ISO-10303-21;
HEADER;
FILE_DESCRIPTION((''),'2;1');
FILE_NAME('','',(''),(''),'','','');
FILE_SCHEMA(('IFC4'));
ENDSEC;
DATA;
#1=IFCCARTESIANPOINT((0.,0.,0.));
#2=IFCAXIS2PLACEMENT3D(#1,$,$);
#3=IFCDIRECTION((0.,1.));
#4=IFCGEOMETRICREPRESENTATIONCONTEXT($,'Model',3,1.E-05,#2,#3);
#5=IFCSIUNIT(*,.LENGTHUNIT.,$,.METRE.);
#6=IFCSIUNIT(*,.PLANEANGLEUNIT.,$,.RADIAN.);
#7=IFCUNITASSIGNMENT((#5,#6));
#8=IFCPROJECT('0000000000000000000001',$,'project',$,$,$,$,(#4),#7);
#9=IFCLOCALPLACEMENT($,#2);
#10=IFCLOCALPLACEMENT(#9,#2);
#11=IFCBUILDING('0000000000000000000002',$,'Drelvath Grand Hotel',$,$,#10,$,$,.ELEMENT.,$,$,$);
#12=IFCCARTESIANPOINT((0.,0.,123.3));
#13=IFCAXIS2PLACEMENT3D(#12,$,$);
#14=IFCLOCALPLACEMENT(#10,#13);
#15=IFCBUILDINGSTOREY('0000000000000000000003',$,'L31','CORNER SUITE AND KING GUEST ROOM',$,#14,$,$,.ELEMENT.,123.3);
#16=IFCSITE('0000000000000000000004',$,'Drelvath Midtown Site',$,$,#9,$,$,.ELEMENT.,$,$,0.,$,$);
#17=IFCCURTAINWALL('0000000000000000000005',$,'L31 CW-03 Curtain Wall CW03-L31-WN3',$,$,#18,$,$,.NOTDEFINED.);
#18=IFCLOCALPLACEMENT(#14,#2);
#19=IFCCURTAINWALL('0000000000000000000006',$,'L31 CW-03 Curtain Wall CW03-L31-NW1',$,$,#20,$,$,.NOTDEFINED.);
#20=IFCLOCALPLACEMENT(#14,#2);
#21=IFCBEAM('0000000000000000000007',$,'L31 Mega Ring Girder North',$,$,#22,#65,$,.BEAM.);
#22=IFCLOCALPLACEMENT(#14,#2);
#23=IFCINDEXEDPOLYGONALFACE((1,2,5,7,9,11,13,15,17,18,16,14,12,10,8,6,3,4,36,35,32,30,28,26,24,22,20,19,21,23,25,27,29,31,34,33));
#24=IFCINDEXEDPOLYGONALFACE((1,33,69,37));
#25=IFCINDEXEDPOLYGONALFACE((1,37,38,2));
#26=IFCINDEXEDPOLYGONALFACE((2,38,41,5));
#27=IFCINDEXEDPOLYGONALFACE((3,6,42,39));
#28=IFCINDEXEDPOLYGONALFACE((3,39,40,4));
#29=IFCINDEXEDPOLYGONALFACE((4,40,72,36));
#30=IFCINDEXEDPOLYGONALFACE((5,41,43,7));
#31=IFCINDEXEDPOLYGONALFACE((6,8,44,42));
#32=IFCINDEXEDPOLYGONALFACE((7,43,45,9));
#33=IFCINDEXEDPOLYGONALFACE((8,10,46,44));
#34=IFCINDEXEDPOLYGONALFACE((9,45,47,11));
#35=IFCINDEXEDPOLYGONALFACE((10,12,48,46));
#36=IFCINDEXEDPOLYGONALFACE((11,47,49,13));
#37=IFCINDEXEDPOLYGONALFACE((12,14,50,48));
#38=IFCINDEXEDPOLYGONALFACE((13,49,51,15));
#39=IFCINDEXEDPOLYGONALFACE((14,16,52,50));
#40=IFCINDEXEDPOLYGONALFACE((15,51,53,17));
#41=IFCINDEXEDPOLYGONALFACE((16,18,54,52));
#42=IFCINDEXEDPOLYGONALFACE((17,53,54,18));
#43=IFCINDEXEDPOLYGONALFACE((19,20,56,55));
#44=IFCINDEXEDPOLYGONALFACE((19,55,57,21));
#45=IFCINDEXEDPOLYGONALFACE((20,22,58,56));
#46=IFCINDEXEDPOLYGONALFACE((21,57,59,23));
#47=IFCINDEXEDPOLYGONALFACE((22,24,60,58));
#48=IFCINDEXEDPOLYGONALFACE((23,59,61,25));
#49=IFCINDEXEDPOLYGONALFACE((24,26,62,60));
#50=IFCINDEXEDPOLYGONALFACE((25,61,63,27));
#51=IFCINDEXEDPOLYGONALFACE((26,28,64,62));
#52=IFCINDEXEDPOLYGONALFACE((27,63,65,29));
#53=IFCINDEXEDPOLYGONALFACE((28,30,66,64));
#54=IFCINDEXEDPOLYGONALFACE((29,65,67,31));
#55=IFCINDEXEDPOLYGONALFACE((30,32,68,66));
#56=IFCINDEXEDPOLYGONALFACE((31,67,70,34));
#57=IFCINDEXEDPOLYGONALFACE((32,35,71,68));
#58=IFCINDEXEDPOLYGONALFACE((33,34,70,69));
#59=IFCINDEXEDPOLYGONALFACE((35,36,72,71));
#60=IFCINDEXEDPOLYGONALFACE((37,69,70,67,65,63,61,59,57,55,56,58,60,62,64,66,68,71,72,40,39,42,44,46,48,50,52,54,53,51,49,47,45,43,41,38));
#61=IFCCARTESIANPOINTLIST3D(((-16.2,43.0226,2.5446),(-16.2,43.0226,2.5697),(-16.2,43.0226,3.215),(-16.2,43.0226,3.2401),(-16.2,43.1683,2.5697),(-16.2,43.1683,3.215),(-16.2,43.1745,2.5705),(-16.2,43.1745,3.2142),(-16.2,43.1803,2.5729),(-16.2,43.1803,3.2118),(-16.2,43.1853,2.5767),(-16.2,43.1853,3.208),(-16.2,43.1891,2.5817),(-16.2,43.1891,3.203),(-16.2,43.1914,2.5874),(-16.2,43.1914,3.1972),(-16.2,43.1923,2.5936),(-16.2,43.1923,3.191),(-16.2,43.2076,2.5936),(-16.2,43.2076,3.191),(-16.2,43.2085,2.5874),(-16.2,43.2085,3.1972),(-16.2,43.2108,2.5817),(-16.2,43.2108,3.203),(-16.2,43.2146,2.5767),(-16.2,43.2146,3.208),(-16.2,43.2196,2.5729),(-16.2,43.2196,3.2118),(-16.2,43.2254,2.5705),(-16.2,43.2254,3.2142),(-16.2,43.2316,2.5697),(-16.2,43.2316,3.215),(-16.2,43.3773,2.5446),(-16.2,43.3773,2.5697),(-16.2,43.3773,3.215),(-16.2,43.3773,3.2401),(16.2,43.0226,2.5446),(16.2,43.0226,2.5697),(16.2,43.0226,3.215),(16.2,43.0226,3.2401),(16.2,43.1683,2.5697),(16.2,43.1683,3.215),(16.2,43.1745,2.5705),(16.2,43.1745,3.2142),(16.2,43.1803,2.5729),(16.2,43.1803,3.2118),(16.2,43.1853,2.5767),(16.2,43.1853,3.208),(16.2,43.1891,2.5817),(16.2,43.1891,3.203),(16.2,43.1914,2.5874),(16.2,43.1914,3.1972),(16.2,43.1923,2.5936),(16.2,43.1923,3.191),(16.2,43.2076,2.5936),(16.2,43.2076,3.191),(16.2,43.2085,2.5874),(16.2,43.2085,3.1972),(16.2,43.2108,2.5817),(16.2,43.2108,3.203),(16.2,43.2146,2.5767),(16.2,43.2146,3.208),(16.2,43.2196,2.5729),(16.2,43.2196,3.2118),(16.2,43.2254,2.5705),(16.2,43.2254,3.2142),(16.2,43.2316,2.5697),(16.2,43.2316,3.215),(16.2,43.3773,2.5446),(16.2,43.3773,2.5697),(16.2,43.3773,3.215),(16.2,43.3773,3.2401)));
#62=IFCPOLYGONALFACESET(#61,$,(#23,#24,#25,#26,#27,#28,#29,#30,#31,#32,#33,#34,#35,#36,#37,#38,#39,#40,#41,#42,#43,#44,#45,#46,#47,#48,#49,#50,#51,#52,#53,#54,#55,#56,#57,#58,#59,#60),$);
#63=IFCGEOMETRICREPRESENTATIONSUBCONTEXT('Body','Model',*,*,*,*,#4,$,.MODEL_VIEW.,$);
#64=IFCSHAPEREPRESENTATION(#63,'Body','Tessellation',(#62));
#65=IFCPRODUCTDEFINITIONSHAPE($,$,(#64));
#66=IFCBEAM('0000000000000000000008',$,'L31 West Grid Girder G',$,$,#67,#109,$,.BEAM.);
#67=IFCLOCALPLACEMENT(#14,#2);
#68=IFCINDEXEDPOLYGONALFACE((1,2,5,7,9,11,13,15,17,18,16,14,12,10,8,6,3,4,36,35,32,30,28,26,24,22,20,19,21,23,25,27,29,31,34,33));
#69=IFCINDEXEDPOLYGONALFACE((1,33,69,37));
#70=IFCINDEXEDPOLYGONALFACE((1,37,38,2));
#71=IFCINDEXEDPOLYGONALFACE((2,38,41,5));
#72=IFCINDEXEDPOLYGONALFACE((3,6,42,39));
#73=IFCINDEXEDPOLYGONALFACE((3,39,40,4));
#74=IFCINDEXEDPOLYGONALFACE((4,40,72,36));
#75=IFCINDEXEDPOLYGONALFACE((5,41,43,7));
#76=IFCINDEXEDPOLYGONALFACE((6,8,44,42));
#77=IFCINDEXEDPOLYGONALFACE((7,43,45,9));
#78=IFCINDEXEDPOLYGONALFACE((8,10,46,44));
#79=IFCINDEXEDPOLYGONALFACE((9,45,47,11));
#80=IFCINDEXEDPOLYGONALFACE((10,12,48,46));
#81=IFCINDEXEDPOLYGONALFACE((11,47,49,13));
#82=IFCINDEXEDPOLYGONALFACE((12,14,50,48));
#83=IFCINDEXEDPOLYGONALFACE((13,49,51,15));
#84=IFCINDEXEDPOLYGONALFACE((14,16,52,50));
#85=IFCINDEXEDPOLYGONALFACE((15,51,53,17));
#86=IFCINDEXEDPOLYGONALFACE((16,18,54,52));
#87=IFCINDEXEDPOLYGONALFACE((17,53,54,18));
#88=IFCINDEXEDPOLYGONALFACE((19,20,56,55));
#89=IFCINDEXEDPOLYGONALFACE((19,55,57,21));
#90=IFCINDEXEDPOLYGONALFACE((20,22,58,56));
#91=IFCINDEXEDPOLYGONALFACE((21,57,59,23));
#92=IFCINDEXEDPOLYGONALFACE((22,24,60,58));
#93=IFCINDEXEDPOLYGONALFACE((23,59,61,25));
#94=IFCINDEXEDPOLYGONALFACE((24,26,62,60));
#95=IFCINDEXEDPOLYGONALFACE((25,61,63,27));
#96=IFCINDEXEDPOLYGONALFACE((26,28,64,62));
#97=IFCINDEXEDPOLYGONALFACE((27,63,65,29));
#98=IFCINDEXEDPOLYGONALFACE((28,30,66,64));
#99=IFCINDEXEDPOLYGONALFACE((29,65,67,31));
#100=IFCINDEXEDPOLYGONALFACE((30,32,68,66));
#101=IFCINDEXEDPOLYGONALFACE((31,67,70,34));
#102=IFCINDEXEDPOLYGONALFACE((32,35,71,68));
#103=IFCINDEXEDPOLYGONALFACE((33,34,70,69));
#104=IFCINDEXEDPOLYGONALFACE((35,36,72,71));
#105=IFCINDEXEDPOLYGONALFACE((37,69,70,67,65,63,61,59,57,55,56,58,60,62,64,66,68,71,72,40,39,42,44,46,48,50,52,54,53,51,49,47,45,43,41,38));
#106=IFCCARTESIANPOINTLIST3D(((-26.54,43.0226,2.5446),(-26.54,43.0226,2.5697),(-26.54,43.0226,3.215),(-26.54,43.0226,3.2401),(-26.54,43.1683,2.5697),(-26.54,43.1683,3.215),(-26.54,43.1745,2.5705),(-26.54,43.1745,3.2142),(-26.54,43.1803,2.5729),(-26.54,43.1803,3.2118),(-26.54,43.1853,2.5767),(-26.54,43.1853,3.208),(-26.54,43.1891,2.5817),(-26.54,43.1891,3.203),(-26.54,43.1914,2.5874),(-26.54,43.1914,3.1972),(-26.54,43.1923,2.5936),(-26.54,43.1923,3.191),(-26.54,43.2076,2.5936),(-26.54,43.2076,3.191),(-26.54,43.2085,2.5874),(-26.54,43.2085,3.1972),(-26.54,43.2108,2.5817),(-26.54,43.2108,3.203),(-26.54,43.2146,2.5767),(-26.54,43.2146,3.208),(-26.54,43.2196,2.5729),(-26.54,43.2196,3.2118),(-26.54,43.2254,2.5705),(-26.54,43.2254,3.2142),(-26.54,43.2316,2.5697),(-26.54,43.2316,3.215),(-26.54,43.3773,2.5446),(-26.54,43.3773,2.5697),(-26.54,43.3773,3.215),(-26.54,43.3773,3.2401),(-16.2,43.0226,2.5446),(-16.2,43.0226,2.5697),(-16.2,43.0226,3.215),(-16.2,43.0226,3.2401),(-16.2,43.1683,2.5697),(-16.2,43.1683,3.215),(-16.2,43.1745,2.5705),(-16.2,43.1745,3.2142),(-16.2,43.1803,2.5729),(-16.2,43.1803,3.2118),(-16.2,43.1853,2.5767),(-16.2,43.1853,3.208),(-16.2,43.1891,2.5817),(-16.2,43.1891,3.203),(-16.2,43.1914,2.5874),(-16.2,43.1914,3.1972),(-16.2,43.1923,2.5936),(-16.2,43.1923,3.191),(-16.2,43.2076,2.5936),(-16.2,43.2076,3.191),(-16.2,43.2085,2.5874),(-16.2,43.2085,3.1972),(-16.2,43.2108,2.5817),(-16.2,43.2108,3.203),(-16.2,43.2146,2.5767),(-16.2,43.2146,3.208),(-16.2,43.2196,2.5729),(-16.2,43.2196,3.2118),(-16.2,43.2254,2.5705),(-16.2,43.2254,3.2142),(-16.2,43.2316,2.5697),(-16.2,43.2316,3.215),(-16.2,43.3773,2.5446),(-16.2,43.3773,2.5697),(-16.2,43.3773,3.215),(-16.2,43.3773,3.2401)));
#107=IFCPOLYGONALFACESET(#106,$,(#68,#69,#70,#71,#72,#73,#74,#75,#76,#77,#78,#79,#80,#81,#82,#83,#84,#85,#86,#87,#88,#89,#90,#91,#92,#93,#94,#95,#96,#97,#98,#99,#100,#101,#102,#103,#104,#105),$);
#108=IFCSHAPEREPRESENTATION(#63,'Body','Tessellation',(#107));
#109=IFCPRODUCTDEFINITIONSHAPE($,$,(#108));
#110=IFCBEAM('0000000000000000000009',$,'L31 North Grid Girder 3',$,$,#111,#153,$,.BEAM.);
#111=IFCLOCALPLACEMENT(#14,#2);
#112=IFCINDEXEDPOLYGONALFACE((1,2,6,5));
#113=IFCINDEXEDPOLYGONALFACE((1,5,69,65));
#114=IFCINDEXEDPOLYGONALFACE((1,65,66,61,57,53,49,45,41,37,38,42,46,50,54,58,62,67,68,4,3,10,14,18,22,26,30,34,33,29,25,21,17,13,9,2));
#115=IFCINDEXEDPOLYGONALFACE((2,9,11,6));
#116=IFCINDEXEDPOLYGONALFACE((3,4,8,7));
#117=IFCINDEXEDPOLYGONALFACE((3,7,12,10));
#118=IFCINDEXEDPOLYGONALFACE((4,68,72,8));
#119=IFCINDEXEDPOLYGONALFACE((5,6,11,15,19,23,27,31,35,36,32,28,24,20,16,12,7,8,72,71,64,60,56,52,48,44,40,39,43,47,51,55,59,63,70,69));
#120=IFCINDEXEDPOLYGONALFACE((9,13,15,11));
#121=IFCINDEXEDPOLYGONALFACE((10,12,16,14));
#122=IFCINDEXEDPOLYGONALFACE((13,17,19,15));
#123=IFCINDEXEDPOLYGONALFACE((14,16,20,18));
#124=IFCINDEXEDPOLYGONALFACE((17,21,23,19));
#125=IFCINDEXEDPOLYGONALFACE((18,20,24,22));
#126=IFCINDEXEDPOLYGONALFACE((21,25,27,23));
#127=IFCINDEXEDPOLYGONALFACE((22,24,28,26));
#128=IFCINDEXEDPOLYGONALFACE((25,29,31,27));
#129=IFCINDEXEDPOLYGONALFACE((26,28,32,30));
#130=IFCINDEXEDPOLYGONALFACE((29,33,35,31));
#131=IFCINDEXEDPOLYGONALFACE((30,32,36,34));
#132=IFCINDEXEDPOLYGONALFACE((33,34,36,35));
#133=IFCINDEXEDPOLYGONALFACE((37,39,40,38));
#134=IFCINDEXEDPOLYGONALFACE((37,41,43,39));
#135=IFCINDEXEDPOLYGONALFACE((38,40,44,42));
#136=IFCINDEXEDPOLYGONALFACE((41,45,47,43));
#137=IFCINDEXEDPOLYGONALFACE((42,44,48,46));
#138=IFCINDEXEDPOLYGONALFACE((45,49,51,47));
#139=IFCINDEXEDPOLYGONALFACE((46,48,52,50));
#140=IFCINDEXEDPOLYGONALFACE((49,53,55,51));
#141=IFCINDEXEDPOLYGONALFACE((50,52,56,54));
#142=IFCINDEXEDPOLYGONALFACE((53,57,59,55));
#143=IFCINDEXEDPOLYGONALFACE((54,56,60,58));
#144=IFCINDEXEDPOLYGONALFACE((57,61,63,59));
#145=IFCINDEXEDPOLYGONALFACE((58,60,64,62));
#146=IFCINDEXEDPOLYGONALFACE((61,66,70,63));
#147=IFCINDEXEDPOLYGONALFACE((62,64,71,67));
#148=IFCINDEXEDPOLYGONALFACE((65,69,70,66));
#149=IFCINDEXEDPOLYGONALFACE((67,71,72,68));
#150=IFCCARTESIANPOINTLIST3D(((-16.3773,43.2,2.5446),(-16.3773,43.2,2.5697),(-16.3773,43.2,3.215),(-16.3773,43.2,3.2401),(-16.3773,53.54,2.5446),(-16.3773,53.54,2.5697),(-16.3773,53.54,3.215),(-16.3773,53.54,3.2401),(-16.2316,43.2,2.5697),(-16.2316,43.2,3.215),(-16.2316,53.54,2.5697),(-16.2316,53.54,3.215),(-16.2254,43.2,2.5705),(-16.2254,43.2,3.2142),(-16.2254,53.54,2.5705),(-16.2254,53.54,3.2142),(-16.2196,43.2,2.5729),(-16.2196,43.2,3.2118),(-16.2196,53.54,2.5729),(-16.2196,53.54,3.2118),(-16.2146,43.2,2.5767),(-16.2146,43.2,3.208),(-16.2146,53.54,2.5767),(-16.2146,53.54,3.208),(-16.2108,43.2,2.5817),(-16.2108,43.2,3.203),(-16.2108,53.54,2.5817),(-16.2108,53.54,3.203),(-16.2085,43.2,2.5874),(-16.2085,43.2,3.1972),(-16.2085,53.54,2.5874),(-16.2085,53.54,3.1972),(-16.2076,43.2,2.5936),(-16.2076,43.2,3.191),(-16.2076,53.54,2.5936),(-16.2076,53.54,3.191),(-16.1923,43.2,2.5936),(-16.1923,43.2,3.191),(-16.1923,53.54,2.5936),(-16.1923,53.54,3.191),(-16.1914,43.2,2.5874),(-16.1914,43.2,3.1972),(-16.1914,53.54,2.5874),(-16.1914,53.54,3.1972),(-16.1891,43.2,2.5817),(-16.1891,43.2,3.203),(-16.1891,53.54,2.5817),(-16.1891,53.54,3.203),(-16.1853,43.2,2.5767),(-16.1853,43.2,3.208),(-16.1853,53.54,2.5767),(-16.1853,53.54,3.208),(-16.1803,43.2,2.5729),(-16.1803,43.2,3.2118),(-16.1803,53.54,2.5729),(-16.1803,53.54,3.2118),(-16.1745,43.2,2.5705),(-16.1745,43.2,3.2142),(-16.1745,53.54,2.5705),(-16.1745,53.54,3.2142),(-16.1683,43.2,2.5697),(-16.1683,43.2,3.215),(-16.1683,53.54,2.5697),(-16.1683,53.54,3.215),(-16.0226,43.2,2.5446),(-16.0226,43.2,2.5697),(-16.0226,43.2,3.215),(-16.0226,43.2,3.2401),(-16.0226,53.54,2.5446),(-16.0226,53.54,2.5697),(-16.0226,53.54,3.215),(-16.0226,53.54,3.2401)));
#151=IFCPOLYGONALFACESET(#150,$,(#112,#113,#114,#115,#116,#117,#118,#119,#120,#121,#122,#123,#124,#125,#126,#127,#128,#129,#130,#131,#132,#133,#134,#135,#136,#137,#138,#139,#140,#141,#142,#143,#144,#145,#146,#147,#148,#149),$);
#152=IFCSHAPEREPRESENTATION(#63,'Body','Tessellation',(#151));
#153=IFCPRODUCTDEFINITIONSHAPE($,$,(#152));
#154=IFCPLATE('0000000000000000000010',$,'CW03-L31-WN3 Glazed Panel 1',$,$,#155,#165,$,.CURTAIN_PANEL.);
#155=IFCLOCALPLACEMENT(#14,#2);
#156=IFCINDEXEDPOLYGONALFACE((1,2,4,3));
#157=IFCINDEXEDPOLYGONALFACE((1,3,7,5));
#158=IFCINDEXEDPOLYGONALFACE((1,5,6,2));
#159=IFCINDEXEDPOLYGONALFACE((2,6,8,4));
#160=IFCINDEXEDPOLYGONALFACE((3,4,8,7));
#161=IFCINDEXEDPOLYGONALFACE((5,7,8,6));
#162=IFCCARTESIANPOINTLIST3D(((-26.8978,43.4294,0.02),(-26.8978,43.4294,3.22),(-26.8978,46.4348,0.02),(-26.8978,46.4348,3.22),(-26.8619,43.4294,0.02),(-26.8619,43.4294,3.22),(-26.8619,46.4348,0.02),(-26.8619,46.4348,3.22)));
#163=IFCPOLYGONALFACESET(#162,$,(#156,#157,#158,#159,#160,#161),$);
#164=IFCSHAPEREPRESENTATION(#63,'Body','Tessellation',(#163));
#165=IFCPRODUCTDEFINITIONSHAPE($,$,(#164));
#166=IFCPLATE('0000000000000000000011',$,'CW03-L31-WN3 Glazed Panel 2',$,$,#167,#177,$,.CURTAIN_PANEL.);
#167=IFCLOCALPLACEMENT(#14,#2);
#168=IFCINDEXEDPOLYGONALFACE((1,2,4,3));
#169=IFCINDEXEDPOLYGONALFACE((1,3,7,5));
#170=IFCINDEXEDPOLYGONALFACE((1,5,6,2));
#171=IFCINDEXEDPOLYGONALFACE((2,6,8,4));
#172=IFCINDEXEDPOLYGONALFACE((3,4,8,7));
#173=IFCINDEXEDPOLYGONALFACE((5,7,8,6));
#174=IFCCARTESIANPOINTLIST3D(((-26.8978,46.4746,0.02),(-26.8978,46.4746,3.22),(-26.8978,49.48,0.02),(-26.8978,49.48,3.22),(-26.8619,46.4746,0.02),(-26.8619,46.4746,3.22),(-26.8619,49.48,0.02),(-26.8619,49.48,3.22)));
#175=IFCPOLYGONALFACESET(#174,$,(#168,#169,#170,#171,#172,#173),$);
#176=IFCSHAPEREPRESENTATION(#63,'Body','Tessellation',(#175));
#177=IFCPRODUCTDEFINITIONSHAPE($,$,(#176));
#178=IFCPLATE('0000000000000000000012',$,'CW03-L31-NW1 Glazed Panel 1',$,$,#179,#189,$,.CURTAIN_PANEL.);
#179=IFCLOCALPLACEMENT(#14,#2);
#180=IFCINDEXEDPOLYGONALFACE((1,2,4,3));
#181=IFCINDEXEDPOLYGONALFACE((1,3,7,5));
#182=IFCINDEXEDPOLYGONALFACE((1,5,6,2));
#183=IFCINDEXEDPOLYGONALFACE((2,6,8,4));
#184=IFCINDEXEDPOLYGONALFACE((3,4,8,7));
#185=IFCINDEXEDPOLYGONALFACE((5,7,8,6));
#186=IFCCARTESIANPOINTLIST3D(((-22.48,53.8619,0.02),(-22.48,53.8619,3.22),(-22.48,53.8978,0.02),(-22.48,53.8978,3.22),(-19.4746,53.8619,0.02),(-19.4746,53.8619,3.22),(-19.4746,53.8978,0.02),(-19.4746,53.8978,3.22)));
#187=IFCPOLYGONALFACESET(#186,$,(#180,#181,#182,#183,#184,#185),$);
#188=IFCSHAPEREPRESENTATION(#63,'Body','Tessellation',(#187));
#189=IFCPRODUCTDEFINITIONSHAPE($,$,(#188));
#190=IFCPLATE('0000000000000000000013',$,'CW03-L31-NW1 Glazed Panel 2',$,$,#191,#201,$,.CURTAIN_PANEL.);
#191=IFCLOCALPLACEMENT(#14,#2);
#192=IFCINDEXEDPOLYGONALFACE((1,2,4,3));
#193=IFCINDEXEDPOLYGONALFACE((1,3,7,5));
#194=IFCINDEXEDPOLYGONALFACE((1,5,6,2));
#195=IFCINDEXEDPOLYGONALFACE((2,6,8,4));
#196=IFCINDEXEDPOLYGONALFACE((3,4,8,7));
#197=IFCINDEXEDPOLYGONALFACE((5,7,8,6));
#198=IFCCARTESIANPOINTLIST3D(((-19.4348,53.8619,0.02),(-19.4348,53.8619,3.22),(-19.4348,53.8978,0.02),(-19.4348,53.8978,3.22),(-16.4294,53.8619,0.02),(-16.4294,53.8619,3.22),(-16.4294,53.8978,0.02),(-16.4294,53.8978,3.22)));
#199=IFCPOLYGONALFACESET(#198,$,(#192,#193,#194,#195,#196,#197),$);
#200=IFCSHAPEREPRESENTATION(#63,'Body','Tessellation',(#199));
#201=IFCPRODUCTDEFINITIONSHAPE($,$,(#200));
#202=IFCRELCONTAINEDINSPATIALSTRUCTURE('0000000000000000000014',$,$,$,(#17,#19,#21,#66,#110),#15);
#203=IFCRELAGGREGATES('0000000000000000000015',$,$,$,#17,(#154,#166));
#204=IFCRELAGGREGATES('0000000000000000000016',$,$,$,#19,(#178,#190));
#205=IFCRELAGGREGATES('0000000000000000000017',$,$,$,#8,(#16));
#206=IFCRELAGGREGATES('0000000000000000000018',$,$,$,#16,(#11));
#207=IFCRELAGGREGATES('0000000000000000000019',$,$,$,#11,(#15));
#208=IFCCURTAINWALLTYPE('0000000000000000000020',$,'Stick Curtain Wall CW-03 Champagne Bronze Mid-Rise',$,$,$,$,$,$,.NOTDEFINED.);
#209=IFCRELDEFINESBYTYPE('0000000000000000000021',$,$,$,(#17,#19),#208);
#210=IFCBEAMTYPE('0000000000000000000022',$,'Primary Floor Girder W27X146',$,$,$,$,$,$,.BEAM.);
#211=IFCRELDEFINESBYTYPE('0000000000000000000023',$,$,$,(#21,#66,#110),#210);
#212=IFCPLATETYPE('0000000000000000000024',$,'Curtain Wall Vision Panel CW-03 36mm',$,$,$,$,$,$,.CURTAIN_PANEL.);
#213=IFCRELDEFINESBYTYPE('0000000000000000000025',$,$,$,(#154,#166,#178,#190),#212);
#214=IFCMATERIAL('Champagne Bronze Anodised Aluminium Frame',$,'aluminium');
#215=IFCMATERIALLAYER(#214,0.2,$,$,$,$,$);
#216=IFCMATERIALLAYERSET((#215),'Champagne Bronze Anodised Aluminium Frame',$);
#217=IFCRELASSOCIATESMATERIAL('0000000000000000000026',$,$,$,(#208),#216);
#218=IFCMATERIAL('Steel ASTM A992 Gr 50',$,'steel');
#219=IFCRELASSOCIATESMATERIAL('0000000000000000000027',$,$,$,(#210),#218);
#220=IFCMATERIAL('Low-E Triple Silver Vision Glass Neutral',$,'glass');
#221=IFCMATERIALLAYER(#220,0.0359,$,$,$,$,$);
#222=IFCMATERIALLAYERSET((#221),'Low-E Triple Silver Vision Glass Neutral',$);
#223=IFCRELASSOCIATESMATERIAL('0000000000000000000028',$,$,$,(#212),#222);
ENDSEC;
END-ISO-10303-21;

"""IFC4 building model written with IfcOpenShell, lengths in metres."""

from ifc_helpers import new_model, si_unit, direction, frame, origin, origin_2d, place, context, subcontext, project, spatial, rectangle, i_section, extrude, material, layer, layer_set, material_profile, profile_set, type_object, element, aggregate, save


model = new_model("IFC4")

# Units and contexts
model_context = context("Model", 3, precision=1e-05, world=origin(), true_north=direction((0.0, 1.0)))
body_context = subcontext(model_context, "Body", "Model", "MODEL_VIEW")
ifc_project = project(units=[si_unit("LENGTHUNIT", "METRE"), si_unit("PLANEANGLEUNIT", "RADIAN")], contexts=[model_context])

# Site, building, storey
site_placement = place(None, origin())
site = spatial("IfcSite", under=ifc_project, at=site_placement, Name="Drelvath Midtown Site", CompositionType="ELEMENT", RefElevation=0.0)
building_placement = place(site_placement, origin())
building = spatial("IfcBuilding", under=site, at=building_placement, Name="Drelvath Grand Hotel", CompositionType="ELEMENT")
storey_placement = place(building_placement, frame((0.0, 0.0, 123.3)))
storey = spatial("IfcBuildingStorey", under=building, at=storey_placement, Name="L31", Description="CORNER SUITE AND KING GUEST ROOM", CompositionType="ELEMENT", Elevation=123.3)

# Shared definitions
ifc_material_1 = material(Name="Steel ASTM A992 Gr 50", Category="steel")

# Curtain walls
ifc_material_2 = material(Name="Champagne Bronze Anodised Aluminium Frame", Category="aluminium")
ifc_layer_1 = layer(ifc_material_2, 0.2)
ifc_layer_set_1 = layer_set([ifc_layer_1], Name="Champagne Bronze Anodised Aluminium Frame")
curtain_wall_type = type_object("IfcCurtainWallType", Name="Stick Curtain Wall CW-03 Champagne Bronze Mid-Rise", PredefinedType="NOTDEFINED", material=ifc_layer_set_1)
curtain_wall_1_placement = place(storey_placement, origin())
curtain_wall_1 = element("IfcCurtainWall", 1, at=curtain_wall_1_placement, inside=storey, type_object=curtain_wall_type, Name="L31 CW-03 Curtain Wall CW03-L31-WN3", PredefinedType="NOTDEFINED")
curtain_wall_2_placement = place(storey_placement, origin())
curtain_wall_2 = element("IfcCurtainWall", 2, at=curtain_wall_2_placement, inside=storey, type_object=curtain_wall_type, Name="L31 CW-03 Curtain Wall CW03-L31-NW1", PredefinedType="NOTDEFINED")

# Beams
ifc_material_profile_1 = material_profile(ifc_material_1, i_section(OverallWidth=0.3547, OverallDepth=0.6956, WebThickness=0.0154, FlangeThickness=0.0251, FilletRadius=0.0239, at=origin_2d()), Name="W27X146")
ifc_profile_set_1 = profile_set([ifc_material_profile_1], Name="Steel ASTM A992 Gr 50")
beam_type_1 = type_object("IfcBeamType", Name="Primary Floor Girder W27X146", PredefinedType="BEAM", material=ifc_profile_set_1)
beam_1_placement = place(storey_placement, frame((-16.2, 43.2, 2.8923), z_axis=(1.0, 0.0, 0.0), x_axis=(0.0, 1.0, 0.0)))
element("IfcBeam", 3, at=beam_1_placement, inside=storey, type_object=beam_type_1, Name="L31 Mega Ring Girder North", PredefinedType="BEAM", context=body_context, shape_type="SweptSolid", body=[
    extrude(i_section(OverallWidth=0.3547, OverallDepth=0.6956, WebThickness=0.0154, FlangeThickness=0.0251, FilletRadius=0.0239, at=origin_2d()), origin(), (0.0, 0.0, 1.0), 32.3999),
])
for number, where, z_axis, x_axis, name in (
    (4, (-26.54, 43.2, 2.8923), (1.0, 0.0, 0.0), (0.0, 1.0, 0.0), "L31 West Grid Girder G"),
    (5, (-16.2, 43.2, 2.8923), (0.0, 1.0, 0.0), (-1.0, 0.0, 0.0), "L31 North Grid Girder 3"),
):
    element("IfcBeam", number, at=place(storey_placement, frame(where, z_axis=z_axis, x_axis=x_axis)), inside=storey, type_object=beam_type_1, Name=name, PredefinedType="BEAM", context=body_context, shape_type="SweptSolid", body=[
        extrude(i_section(OverallWidth=0.3547, OverallDepth=0.6956, WebThickness=0.0154, FlangeThickness=0.0251, FilletRadius=0.0239, at=origin_2d()), origin(), (0.0, 0.0, 1.0), 10.3401),
    ])

# Plates
ifc_material_3 = material(Name="Low-E Triple Silver Vision Glass Neutral", Category="glass")
ifc_layer_2 = layer(ifc_material_3, 0.0359)
ifc_layer_set_2 = layer_set([ifc_layer_2], Name="Low-E Triple Silver Vision Glass Neutral")
plate_type = type_object("IfcPlateType", Name="Curtain Wall Vision Panel CW-03 36mm", PredefinedType="CURTAIN_PANEL", material=ifc_layer_set_2)
plate_1_placement = place(storey_placement, frame((-26.8799, 44.9321, 0.02), z_axis=(0.0, 0.0, 1.0), x_axis=(0.0, 1.0, 0.0)))
plate_1 = element("IfcPlate", 6, at=plate_1_placement, type_object=plate_type, Name="CW03-L31-WN3 Glazed Panel 1", PredefinedType="CURTAIN_PANEL", context=body_context, shape_type="SweptSolid", body=[
    extrude(rectangle(XDim=3.0054, YDim=0.0359, at=origin_2d()), origin(), (0.0, 0.0, 1.0), 3.2),
])
plate_2_placement = place(storey_placement, frame((-26.8799, 47.9773, 0.02), z_axis=(0.0, 0.0, 1.0), x_axis=(0.0, 1.0, 0.0)))
plate_2 = element("IfcPlate", 7, at=plate_2_placement, type_object=plate_type, Name="CW03-L31-WN3 Glazed Panel 2", PredefinedType="CURTAIN_PANEL", context=body_context, shape_type="SweptSolid", body=[
    extrude(rectangle(XDim=3.0054, YDim=0.0359, at=origin_2d()), origin(), (0.0, 0.0, 1.0), 3.2),
])
aggregate(curtain_wall_1, [plate_1, plate_2])
plate_3_placement = place(storey_placement, frame((-20.9773, 53.8799, 0.02), z_axis=(0.0, 0.0, 1.0), x_axis=(1.0, 0.0, 0.0)))
plate_3 = element("IfcPlate", 8, at=plate_3_placement, type_object=plate_type, Name="CW03-L31-NW1 Glazed Panel 1", PredefinedType="CURTAIN_PANEL", context=body_context, shape_type="SweptSolid", body=[
    extrude(rectangle(XDim=3.0054, YDim=0.0359, at=origin_2d()), origin(), (0.0, 0.0, 1.0), 3.2),
])
plate_4_placement = place(storey_placement, frame((-17.9321, 53.8799, 0.02), z_axis=(0.0, 0.0, 1.0), x_axis=(1.0, 0.0, 0.0)))
plate_4 = element("IfcPlate", 9, at=plate_4_placement, type_object=plate_type, Name="CW03-L31-NW1 Glazed Panel 2", PredefinedType="CURTAIN_PANEL", context=body_context, shape_type="SweptSolid", body=[
    extrude(rectangle(XDim=3.0054, YDim=0.0359, at=origin_2d()), origin(), (0.0, 0.0, 1.0), 3.2),
])
aggregate(curtain_wall_2, [plate_3, plate_4])

save(model, "model.ifc")
